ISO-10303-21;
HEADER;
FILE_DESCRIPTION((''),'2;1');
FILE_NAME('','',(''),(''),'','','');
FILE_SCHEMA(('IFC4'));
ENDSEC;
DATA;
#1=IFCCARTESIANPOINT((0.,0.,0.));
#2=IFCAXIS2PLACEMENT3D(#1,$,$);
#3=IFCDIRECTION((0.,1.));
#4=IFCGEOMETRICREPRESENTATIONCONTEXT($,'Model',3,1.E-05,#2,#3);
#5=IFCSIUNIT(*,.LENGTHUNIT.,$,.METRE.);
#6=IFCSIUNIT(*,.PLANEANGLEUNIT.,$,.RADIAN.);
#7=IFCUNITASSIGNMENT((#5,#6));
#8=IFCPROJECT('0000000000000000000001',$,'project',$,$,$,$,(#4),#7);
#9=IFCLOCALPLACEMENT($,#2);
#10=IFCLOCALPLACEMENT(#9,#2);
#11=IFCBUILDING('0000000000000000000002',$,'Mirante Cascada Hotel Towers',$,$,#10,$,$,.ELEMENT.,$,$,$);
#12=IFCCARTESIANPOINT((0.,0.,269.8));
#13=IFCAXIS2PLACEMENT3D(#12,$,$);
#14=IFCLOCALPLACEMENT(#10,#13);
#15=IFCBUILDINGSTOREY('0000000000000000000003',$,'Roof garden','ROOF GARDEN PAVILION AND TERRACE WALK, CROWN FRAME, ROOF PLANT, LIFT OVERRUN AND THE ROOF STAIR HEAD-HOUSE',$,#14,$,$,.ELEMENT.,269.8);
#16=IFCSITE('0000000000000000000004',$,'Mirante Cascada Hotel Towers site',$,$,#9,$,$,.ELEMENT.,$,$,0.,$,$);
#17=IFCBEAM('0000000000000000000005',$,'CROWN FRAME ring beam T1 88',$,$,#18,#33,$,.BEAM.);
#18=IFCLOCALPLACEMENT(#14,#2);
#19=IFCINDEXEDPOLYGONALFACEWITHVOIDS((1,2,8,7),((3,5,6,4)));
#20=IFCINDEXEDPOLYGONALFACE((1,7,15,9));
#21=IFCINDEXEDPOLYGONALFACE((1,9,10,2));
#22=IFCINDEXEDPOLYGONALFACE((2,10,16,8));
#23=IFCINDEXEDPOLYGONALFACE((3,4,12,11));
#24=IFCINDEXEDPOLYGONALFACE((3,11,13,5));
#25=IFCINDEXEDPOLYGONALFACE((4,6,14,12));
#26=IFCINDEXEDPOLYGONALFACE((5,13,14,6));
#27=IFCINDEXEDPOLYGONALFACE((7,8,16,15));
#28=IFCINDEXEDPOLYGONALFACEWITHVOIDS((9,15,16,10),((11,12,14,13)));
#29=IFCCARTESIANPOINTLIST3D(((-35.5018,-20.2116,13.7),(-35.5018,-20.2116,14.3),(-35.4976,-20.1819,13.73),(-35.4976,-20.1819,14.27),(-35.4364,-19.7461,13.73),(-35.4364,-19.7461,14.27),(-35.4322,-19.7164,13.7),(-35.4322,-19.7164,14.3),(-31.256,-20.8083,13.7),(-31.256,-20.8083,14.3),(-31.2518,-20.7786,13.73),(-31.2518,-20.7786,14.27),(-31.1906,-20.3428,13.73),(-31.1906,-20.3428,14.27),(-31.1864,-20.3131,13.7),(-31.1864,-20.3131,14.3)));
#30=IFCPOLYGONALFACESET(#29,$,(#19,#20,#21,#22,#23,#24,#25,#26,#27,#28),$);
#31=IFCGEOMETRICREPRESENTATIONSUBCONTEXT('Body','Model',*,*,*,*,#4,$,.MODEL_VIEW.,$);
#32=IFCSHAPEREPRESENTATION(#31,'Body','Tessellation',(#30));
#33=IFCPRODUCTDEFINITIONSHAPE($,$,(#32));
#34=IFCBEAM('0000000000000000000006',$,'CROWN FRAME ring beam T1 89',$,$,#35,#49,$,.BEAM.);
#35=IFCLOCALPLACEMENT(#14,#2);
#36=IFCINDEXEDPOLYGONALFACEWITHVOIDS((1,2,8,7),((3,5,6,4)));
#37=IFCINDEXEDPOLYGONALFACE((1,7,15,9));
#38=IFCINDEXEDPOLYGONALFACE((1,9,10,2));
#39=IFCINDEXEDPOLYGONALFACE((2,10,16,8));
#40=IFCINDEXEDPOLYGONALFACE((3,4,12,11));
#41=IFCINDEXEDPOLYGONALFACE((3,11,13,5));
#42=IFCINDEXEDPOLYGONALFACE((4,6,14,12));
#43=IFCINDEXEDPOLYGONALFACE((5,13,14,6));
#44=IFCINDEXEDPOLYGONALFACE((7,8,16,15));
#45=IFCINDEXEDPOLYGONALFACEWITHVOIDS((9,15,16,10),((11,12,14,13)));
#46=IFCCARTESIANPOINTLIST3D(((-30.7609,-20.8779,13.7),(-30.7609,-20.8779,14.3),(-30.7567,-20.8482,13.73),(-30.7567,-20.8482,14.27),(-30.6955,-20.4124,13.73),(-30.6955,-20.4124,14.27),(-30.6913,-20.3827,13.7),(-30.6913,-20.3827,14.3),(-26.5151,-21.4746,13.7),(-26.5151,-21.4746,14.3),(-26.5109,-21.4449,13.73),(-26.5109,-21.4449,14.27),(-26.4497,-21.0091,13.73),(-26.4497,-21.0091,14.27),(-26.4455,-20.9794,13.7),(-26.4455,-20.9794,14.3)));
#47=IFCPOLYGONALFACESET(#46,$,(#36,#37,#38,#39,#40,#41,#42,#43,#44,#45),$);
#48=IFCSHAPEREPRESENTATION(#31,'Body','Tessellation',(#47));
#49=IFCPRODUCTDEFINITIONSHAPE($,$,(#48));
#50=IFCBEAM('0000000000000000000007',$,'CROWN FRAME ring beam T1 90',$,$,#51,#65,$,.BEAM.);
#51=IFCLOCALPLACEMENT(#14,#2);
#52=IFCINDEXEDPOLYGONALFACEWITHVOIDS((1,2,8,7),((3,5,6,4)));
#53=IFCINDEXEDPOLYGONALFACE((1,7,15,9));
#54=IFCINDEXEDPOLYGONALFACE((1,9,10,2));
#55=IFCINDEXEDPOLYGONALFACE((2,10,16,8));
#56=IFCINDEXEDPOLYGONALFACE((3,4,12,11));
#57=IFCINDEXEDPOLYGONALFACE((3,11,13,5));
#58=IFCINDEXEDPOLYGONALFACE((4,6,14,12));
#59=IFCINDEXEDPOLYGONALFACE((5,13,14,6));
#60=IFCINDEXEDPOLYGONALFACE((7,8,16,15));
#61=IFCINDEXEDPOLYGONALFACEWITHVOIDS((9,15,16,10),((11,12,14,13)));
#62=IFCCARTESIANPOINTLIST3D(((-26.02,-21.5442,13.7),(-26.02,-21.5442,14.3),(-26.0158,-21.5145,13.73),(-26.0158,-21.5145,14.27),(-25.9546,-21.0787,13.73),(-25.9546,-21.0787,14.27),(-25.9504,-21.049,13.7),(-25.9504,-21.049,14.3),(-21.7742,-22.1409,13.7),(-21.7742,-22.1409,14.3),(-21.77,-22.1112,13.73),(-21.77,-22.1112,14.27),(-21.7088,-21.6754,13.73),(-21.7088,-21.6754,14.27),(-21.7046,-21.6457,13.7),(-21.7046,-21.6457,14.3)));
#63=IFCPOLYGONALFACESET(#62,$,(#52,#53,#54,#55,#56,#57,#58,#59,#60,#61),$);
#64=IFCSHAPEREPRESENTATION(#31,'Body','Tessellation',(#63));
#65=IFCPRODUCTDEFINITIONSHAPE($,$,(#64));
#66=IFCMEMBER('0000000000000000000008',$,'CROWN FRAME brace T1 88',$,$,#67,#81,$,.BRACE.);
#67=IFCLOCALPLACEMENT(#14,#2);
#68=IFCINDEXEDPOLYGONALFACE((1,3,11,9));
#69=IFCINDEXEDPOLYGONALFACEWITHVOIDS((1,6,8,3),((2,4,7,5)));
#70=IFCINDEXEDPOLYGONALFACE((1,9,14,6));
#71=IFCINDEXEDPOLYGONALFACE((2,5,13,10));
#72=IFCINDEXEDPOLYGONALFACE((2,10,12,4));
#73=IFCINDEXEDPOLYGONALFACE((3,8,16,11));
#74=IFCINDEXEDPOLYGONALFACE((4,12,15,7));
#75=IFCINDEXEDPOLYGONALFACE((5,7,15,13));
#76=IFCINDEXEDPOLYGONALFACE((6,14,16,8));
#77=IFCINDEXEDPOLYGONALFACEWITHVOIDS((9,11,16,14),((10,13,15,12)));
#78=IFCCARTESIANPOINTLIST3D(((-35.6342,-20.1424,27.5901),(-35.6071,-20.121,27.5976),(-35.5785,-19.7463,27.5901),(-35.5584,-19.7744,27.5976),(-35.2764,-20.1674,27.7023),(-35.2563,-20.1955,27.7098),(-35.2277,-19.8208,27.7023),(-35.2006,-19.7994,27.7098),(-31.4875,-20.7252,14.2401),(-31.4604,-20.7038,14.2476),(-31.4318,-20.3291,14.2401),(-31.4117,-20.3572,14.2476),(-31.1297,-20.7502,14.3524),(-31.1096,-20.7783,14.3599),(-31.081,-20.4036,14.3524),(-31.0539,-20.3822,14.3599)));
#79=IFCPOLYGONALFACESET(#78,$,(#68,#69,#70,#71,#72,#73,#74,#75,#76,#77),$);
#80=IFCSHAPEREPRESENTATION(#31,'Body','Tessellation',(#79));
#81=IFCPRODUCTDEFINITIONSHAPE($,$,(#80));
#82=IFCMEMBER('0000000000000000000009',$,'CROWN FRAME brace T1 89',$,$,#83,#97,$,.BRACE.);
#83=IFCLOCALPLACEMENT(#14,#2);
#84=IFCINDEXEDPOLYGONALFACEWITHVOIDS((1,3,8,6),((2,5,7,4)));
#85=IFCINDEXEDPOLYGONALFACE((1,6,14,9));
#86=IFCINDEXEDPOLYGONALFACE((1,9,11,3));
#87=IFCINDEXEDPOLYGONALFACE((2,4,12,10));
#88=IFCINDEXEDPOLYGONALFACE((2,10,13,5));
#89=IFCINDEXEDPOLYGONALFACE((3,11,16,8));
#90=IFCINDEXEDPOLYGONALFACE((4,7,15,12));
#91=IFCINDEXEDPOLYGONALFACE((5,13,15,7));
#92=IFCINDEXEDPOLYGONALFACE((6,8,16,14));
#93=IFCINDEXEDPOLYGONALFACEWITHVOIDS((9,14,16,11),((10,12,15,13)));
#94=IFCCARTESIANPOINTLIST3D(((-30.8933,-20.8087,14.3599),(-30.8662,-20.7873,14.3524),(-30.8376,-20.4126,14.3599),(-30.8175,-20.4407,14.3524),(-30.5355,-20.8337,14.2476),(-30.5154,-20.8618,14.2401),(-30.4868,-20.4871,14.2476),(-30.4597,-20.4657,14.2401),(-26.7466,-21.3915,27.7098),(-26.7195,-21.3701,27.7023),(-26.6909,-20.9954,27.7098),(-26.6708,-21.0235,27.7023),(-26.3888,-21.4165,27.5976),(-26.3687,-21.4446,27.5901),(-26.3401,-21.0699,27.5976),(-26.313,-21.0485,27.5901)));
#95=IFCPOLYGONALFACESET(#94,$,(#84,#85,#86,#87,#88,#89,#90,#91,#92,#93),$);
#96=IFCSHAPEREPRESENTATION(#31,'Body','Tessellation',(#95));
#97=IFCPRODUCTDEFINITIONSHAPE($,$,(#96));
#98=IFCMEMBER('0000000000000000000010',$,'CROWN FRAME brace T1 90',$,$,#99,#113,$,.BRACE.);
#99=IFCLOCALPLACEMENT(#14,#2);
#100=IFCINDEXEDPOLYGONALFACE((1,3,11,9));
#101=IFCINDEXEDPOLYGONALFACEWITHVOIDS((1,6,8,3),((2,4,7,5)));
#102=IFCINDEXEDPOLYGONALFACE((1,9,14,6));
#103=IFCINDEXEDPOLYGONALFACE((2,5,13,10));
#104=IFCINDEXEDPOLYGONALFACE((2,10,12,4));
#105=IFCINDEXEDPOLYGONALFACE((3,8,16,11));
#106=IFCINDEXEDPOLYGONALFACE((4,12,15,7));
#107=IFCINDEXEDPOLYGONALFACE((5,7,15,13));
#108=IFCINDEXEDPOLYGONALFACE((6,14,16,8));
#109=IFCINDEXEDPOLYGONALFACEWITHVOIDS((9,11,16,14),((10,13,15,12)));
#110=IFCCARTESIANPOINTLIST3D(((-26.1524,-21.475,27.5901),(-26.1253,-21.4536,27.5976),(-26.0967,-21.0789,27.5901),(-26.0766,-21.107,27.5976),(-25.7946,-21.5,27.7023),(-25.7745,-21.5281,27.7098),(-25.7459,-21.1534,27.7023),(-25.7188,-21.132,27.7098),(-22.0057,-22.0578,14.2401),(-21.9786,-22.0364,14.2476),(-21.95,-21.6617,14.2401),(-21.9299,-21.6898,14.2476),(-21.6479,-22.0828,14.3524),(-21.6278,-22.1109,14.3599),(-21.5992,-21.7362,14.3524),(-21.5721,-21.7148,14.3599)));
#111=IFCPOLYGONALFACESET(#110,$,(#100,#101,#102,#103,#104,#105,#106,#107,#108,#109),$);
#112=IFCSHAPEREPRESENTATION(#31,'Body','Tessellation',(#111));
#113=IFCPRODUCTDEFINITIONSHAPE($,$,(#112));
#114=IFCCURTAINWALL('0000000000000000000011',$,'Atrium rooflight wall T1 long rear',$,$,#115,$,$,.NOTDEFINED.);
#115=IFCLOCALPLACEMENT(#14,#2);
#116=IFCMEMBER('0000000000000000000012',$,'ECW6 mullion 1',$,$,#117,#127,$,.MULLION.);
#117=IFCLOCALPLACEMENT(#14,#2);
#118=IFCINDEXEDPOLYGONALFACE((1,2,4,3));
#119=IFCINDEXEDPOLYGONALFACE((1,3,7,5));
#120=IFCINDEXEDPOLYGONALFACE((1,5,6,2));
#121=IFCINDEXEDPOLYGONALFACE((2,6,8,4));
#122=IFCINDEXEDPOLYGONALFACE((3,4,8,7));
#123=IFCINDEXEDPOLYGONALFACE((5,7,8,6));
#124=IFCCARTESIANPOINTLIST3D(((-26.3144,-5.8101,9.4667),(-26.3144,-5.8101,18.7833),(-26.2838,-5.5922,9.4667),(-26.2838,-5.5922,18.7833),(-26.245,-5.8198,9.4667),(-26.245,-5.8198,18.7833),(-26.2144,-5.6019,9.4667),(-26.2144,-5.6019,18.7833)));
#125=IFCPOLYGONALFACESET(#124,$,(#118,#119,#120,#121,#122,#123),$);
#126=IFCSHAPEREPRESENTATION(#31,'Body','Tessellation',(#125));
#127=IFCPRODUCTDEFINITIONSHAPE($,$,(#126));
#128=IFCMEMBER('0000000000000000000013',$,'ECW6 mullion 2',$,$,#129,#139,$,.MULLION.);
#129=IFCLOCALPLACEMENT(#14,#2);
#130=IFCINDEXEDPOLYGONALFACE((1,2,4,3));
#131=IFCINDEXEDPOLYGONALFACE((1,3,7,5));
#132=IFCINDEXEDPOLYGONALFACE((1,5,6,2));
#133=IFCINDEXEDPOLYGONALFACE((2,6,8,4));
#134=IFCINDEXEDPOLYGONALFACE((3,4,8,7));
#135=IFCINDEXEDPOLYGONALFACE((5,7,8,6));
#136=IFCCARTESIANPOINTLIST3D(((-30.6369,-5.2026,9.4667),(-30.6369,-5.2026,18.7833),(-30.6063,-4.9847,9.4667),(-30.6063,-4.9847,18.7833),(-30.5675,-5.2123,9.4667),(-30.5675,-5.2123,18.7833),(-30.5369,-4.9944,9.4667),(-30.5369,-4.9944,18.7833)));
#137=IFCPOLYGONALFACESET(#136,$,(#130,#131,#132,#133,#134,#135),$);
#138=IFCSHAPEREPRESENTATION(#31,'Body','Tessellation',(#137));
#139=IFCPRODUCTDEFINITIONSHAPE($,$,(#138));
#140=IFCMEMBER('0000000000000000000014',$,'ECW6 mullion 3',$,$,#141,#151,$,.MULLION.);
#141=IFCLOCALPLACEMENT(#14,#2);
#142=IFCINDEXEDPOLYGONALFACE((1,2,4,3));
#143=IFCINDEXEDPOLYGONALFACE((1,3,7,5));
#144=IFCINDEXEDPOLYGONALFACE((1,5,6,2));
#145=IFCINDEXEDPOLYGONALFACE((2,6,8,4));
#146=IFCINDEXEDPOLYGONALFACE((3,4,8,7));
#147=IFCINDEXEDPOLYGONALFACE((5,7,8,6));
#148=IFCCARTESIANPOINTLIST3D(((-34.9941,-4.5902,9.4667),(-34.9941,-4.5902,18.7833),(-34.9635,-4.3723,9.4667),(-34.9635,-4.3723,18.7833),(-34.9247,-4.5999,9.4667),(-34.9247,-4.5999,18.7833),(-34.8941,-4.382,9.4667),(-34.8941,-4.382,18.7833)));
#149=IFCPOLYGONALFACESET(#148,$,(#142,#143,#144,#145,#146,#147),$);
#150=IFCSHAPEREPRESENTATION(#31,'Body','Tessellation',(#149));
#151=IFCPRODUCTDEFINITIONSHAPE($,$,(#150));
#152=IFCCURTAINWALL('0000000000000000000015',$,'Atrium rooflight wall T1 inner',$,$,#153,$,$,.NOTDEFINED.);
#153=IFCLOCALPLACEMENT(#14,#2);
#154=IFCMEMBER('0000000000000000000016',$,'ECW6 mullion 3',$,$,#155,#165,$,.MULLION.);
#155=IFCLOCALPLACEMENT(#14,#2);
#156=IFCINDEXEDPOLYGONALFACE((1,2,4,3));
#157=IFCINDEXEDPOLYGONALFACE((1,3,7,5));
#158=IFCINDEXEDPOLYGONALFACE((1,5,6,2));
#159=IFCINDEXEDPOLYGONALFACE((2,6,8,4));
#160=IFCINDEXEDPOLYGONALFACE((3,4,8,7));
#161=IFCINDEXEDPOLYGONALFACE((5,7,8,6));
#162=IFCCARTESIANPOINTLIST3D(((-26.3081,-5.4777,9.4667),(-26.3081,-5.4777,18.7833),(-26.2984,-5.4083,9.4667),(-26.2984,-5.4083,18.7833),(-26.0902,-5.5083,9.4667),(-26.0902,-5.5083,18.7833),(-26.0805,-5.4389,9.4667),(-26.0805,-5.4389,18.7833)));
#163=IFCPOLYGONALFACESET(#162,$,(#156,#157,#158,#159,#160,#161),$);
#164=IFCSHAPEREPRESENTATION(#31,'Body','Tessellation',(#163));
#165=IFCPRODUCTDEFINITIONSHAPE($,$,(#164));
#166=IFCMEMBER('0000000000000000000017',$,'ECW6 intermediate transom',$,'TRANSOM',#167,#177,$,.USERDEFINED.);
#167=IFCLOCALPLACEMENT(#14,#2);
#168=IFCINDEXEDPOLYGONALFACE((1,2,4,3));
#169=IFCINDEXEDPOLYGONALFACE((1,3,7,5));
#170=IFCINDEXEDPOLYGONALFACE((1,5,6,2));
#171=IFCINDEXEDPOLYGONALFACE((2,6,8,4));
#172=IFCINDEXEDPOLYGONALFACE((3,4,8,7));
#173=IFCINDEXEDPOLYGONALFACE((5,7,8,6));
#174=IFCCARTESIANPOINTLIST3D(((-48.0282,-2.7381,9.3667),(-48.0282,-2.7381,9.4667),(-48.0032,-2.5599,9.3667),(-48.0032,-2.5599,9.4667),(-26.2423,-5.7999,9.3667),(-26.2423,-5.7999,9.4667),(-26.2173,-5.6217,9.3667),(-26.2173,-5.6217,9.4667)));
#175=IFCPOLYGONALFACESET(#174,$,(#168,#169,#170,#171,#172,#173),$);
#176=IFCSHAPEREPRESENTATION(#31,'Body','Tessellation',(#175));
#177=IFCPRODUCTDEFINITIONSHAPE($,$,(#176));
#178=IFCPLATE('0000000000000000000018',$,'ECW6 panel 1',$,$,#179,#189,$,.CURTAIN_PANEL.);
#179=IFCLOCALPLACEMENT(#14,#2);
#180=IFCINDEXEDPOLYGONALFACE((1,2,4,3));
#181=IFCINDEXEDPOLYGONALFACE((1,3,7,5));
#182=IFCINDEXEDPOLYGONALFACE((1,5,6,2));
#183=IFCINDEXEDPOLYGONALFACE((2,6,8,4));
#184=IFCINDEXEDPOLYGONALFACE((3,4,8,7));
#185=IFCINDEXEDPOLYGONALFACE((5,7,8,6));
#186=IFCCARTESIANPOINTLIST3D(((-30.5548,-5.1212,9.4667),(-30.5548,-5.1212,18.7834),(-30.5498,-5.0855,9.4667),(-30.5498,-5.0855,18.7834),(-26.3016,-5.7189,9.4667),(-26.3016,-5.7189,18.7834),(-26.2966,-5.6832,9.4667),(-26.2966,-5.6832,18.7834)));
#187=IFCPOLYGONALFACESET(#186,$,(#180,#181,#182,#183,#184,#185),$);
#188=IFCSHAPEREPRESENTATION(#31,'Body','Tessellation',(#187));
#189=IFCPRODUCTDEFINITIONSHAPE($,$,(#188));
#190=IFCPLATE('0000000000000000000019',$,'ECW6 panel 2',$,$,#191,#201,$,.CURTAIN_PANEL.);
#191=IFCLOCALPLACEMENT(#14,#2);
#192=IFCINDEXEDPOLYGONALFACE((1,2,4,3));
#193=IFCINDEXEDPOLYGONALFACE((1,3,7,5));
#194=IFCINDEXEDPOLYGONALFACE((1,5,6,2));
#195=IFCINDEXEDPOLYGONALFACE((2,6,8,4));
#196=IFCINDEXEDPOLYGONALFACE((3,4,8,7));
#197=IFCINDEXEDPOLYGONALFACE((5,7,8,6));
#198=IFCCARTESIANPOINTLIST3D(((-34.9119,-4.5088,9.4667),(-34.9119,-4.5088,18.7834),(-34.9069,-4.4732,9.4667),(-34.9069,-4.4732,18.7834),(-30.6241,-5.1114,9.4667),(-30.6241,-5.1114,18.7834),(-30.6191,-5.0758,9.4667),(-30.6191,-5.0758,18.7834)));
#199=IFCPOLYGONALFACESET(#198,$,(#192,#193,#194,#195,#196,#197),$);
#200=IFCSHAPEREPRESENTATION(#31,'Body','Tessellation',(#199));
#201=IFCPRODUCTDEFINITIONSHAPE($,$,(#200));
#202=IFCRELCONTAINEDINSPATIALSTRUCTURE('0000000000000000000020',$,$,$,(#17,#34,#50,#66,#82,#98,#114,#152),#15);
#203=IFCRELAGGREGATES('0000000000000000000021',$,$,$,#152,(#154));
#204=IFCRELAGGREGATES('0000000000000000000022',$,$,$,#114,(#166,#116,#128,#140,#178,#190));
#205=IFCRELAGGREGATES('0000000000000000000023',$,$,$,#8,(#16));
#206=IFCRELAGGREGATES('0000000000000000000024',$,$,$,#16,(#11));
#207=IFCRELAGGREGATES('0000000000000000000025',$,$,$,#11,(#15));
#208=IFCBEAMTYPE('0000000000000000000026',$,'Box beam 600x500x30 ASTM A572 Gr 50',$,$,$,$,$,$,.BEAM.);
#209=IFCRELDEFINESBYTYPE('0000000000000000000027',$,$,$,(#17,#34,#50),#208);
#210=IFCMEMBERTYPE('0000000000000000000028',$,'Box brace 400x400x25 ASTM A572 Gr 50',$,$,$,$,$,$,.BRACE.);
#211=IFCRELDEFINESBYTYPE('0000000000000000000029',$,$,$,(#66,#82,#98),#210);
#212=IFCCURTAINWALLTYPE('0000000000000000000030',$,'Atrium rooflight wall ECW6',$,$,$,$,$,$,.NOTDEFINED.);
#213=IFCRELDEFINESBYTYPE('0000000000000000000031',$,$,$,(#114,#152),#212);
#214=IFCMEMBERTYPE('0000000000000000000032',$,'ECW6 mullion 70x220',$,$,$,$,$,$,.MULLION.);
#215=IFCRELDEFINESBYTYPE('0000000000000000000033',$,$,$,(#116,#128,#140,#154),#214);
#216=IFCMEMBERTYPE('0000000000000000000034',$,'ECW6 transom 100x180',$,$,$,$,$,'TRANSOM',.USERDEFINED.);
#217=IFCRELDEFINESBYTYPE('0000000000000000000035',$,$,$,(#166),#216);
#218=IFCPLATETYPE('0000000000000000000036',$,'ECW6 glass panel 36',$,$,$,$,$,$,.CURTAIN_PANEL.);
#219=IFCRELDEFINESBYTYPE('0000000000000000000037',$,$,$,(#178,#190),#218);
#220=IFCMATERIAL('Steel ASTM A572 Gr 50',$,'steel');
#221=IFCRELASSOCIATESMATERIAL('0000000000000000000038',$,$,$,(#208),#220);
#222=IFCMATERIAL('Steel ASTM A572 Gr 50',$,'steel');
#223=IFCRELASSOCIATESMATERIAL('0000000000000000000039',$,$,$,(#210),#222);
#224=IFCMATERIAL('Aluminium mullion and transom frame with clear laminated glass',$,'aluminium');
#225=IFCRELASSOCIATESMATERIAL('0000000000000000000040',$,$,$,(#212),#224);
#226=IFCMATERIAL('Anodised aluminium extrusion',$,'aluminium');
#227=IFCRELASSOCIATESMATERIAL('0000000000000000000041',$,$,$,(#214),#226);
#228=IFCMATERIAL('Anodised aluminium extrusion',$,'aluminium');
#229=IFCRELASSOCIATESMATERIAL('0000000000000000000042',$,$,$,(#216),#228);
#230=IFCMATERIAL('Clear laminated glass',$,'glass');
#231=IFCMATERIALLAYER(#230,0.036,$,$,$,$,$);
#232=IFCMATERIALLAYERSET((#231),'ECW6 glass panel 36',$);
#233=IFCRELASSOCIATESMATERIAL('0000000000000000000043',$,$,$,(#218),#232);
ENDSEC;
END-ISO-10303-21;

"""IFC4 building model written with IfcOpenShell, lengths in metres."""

from ifc_helpers import new_model, si_unit, direction, frame, origin, origin_2d, place, context, subcontext, project, spatial, rectangle, hollow_rectangle, extrude, material, layer, layer_set, material_profile, profile_set, type_object, element, aggregate, save


model = new_model("IFC4")

# Units and contexts
model_context = context("Model", 3, precision=1e-05, world=origin(), true_north=direction((0.0, 1.0)))
body_context = subcontext(model_context, "Body", "Model", "MODEL_VIEW")
ifc_project = project(units=[si_unit("LENGTHUNIT", "METRE"), si_unit("PLANEANGLEUNIT", "RADIAN")], contexts=[model_context])

# Site, building, storey
site_placement = place(None, origin())
site = spatial("IfcSite", under=ifc_project, at=site_placement, Name="Mirante Cascada Hotel Towers site", CompositionType="ELEMENT", RefElevation=0.0)
building_placement = place(site_placement, origin())
building = spatial("IfcBuilding", under=site, at=building_placement, Name="Mirante Cascada Hotel Towers", CompositionType="ELEMENT")
storey_placement = place(building_placement, frame((0.0, 0.0, 269.8)))
storey = spatial("IfcBuildingStorey", under=building, at=storey_placement, Name="Roof garden", Description="ROOF GARDEN PAVILION AND TERRACE WALK, CROWN FRAME, ROOF PLANT, LIFT OVERRUN AND THE ROOF STAIR HEAD-HOUSE", CompositionType="ELEMENT", Elevation=269.8)

# Beams
ifc_material_1 = material(Name="Steel ASTM A572 Gr 50", Category="steel")
ifc_material_profile_1 = material_profile(ifc_material_1, hollow_rectangle(XDim=0.5, YDim=0.6, WallThickness=0.03, at=origin_2d()), Name="Box beam 600x500x30 ASTM A572 Gr 50")
ifc_profile_set_1 = profile_set([ifc_material_profile_1], Name="Steel ASTM A572 Gr 50")
beam_type = type_object("IfcBeamType", Name="Box beam 600x500x30 ASTM A572 Gr 50", PredefinedType="BEAM", material=ifc_profile_set_1)
for number, where, z_axis, x_axis, name in (
    (1, (-35.467, -19.964, 14.0), (0.990268, -0.139171, 0.0), (0.139171, 0.990268, 0.0), "CROWN FRAME ring beam T1 88"),
    (2, (-30.7261, -20.6303, 14.0), (0.990268, -0.139171, 0.0), (0.139171, 0.990268, 0.0), "CROWN FRAME ring beam T1 89"),
    (3, (-25.9852, -21.2966, 14.0), (0.990268, -0.139171, 0.0), (0.139171, 0.990268, 0.0), "CROWN FRAME ring beam T1 90"),
):
    element("IfcBeam", number, at=place(storey_placement, frame(where, z_axis=z_axis, x_axis=x_axis)), inside=storey, type_object=beam_type, Name=name, PredefinedType="BEAM", context=body_context, shape_type="SweptSolid", body=[
        extrude(hollow_rectangle(XDim=0.5, YDim=0.6, WallThickness=0.03, at=origin_2d()), origin(), (0.0, 0.0, 1.0), 4.2875),
    ])

# Members
ifc_material_2 = material(Name="Steel ASTM A572 Gr 50", Category="steel")
ifc_material_profile_2 = material_profile(ifc_material_2, hollow_rectangle(XDim=0.4, YDim=0.4, WallThickness=0.025, at=origin_2d()), Name="Box brace 400x400x25 ASTM A572 Gr 50")
ifc_profile_set_2 = profile_set([ifc_material_profile_2], Name="Steel ASTM A572 Gr 50")
member_type_1 = type_object("IfcMemberType", Name="Box brace 400x400x25 ASTM A572 Gr 50", PredefinedType="BRACE", material=ifc_profile_set_2)
for number, where, z_axis, x_axis, name in (
    (4, (-31.2707, -20.5537, 14.3), (-0.296376, 0.041654, 0.954162), (-0.139178, -0.990267, 0.0), "CROWN FRAME brace T1 88"),
    (5, (-30.6765, -20.6372, 14.3), (0.296376, -0.041654, 0.954162), (0.139178, 0.990267, 0.0), "CROWN FRAME brace T1 89"),
    (6, (-21.7889, -21.8863, 14.3), (-0.296376, 0.041654, 0.954162), (-0.139178, -0.990267, 0.0), "CROWN FRAME brace T1 90"),
):
    element("IfcMember", number, at=place(storey_placement, frame(where, z_axis=z_axis, x_axis=x_axis)), inside=storey, type_object=member_type_1, Name=name, PredefinedType="BRACE", context=body_context, shape_type="SweptSolid", body=[
        extrude(hollow_rectangle(XDim=0.4, YDim=0.4, WallThickness=0.025, at=origin_2d()), origin(), (0.0, 0.0, 1.0), 13.9913),
    ])

# Curtain wall, members
ifc_material_3 = material(Name="Aluminium mullion and transom frame with clear laminated glass", Category="aluminium")
curtain_wall_type = type_object("IfcCurtainWallType", Name="Atrium rooflight wall ECW6", PredefinedType="NOTDEFINED", material=ifc_material_3)
curtain_wall_1_placement = place(storey_placement, origin())
curtain_wall_1 = element("IfcCurtainWall", 7, at=curtain_wall_1_placement, inside=storey, type_object=curtain_wall_type, Name="Atrium rooflight wall T1 long rear", PredefinedType="NOTDEFINED")
ifc_material_4 = material(Name="Anodised aluminium extrusion", Category="aluminium")
ifc_material_profile_3 = material_profile(ifc_material_4, rectangle(XDim=0.22, YDim=0.07, at=origin_2d()), Name="ECW6 MULLION 70x220")
ifc_profile_set_3 = profile_set([ifc_material_profile_3], Name="Anodised aluminium extrusion")
member_type_2 = type_object("IfcMemberType", Name="ECW6 mullion 70x220", PredefinedType="MULLION", material=ifc_profile_set_3)
member_1_placement = place(storey_placement, frame((-26.2644, -5.706, 9.4667), z_axis=(0.0, 0.0, 1.0), x_axis=(-0.139173, -0.990268, 0.0)))
member_1 = element("IfcMember", 8, at=member_1_placement, type_object=member_type_2, Name="ECW6 mullion 1", PredefinedType="MULLION", context=body_context, shape_type="SweptSolid", body=[
    extrude(rectangle(XDim=0.22, YDim=0.07, at=origin_2d()), origin(), (0.0, 0.0, 1.0), 9.3166),
])
member_2_placement = place(storey_placement, frame((-30.5869, -5.0985, 9.4667), z_axis=(0.0, 0.0, 1.0), x_axis=(-0.139173, -0.990268, 0.0)))
member_2 = element("IfcMember", 9, at=member_2_placement, type_object=member_type_2, Name="ECW6 mullion 2", PredefinedType="MULLION", context=body_context, shape_type="SweptSolid", body=[
    extrude(rectangle(XDim=0.22, YDim=0.07, at=origin_2d()), origin(), (0.0, 0.0, 1.0), 9.3166),
])
member_3_placement = place(storey_placement, frame((-34.9441, -4.4861, 9.4667), z_axis=(0.0, 0.0, 1.0), x_axis=(-0.139173, -0.990268, 0.0)))
member_3 = element("IfcMember", 10, at=member_3_placement, type_object=member_type_2, Name="ECW6 mullion 3", PredefinedType="MULLION", context=body_context, shape_type="SweptSolid", body=[
    extrude(rectangle(XDim=0.22, YDim=0.07, at=origin_2d()), origin(), (0.0, 0.0, 1.0), 9.3166),
])

# Curtain wall, member
curtain_wall_2_placement = place(storey_placement, origin())
curtain_wall_2 = element("IfcCurtainWall", 11, at=curtain_wall_2_placement, inside=storey, type_object=curtain_wall_type, Name="Atrium rooflight wall T1 inner", PredefinedType="NOTDEFINED")
member_4_placement = place(storey_placement, frame((-26.1943, -5.4583, 9.4667), z_axis=(0.0, 0.0, 1.0), x_axis=(0.990268, -0.139173, 0.0)))
member_4 = element("IfcMember", 12, at=member_4_placement, type_object=member_type_2, Name="ECW6 mullion 3", PredefinedType="MULLION", context=body_context, shape_type="SweptSolid", body=[
    extrude(rectangle(XDim=0.22, YDim=0.07, at=origin_2d()), origin(), (0.0, 0.0, 1.0), 9.3166),
])
aggregate(curtain_wall_2, [member_4])

# Member
ifc_material_5 = material(Name="Anodised aluminium extrusion", Category="aluminium")
ifc_material_profile_4 = material_profile(ifc_material_5, rectangle(XDim=0.18, YDim=0.1, at=origin_2d()), Name="ECW6 TRANSOM 100x180")
ifc_profile_set_4 = profile_set([ifc_material_profile_4], Name="Anodised aluminium extrusion")
member_type_3 = type_object("IfcMemberType", Name="ECW6 transom 100x180", ElementType="TRANSOM", PredefinedType="USERDEFINED", material=ifc_profile_set_4)
member_5_placement = place(storey_placement, frame((-26.2298, -5.7108, 9.4167), z_axis=(-0.990268, 0.139173, 0.0), x_axis=(-0.139173, -0.990268, 0.0)))
member_5 = element("IfcMember", 13, at=member_5_placement, type_object=member_type_3, Name="ECW6 intermediate transom", ObjectType="TRANSOM", PredefinedType="USERDEFINED", context=body_context, shape_type="SweptSolid", body=[
    extrude(rectangle(XDim=0.18, YDim=0.1, at=origin_2d()), origin(), (0.0, 0.0, 1.0), 22.0),
])

# Plates
ifc_material_6 = material(Name="Clear laminated glass", Category="glass")
ifc_layer_1 = layer(ifc_material_6, 0.036)
ifc_layer_set_1 = layer_set([ifc_layer_1], Name="ECW6 glass panel 36")
plate_type = type_object("IfcPlateType", Name="ECW6 glass panel 36", PredefinedType="CURTAIN_PANEL", material=ifc_layer_set_1)
plate_1_placement = place(storey_placement, frame((-28.4257, -5.4022, 9.4667), z_axis=(0.0, 0.0, 1.0), x_axis=(-0.990268, 0.139173, 0.0)))
plate_1 = element("IfcPlate", 14, at=plate_1_placement, type_object=plate_type, Name="ECW6 panel 1", PredefinedType="CURTAIN_PANEL", context=body_context, shape_type="SweptSolid", body=[
    extrude(rectangle(XDim=4.295, YDim=0.036, at=origin_2d()), origin(), (0.0, 0.0, 1.0), 9.3167),
])
plate_2_placement = place(storey_placement, frame((-32.7655, -4.7923, 9.4667), z_axis=(0.0, 0.0, 1.0), x_axis=(-0.990268, 0.139173, 0.0)))
plate_2 = element("IfcPlate", 15, at=plate_2_placement, type_object=plate_type, Name="ECW6 panel 2", PredefinedType="CURTAIN_PANEL", context=body_context, shape_type="SweptSolid", body=[
    extrude(rectangle(XDim=4.33, YDim=0.036, at=origin_2d()), origin(), (0.0, 0.0, 1.0), 9.3167),
])
aggregate(curtain_wall_1, [member_5, member_1, member_2, member_3, plate_1, plate_2])

save(model, "model.ifc")
